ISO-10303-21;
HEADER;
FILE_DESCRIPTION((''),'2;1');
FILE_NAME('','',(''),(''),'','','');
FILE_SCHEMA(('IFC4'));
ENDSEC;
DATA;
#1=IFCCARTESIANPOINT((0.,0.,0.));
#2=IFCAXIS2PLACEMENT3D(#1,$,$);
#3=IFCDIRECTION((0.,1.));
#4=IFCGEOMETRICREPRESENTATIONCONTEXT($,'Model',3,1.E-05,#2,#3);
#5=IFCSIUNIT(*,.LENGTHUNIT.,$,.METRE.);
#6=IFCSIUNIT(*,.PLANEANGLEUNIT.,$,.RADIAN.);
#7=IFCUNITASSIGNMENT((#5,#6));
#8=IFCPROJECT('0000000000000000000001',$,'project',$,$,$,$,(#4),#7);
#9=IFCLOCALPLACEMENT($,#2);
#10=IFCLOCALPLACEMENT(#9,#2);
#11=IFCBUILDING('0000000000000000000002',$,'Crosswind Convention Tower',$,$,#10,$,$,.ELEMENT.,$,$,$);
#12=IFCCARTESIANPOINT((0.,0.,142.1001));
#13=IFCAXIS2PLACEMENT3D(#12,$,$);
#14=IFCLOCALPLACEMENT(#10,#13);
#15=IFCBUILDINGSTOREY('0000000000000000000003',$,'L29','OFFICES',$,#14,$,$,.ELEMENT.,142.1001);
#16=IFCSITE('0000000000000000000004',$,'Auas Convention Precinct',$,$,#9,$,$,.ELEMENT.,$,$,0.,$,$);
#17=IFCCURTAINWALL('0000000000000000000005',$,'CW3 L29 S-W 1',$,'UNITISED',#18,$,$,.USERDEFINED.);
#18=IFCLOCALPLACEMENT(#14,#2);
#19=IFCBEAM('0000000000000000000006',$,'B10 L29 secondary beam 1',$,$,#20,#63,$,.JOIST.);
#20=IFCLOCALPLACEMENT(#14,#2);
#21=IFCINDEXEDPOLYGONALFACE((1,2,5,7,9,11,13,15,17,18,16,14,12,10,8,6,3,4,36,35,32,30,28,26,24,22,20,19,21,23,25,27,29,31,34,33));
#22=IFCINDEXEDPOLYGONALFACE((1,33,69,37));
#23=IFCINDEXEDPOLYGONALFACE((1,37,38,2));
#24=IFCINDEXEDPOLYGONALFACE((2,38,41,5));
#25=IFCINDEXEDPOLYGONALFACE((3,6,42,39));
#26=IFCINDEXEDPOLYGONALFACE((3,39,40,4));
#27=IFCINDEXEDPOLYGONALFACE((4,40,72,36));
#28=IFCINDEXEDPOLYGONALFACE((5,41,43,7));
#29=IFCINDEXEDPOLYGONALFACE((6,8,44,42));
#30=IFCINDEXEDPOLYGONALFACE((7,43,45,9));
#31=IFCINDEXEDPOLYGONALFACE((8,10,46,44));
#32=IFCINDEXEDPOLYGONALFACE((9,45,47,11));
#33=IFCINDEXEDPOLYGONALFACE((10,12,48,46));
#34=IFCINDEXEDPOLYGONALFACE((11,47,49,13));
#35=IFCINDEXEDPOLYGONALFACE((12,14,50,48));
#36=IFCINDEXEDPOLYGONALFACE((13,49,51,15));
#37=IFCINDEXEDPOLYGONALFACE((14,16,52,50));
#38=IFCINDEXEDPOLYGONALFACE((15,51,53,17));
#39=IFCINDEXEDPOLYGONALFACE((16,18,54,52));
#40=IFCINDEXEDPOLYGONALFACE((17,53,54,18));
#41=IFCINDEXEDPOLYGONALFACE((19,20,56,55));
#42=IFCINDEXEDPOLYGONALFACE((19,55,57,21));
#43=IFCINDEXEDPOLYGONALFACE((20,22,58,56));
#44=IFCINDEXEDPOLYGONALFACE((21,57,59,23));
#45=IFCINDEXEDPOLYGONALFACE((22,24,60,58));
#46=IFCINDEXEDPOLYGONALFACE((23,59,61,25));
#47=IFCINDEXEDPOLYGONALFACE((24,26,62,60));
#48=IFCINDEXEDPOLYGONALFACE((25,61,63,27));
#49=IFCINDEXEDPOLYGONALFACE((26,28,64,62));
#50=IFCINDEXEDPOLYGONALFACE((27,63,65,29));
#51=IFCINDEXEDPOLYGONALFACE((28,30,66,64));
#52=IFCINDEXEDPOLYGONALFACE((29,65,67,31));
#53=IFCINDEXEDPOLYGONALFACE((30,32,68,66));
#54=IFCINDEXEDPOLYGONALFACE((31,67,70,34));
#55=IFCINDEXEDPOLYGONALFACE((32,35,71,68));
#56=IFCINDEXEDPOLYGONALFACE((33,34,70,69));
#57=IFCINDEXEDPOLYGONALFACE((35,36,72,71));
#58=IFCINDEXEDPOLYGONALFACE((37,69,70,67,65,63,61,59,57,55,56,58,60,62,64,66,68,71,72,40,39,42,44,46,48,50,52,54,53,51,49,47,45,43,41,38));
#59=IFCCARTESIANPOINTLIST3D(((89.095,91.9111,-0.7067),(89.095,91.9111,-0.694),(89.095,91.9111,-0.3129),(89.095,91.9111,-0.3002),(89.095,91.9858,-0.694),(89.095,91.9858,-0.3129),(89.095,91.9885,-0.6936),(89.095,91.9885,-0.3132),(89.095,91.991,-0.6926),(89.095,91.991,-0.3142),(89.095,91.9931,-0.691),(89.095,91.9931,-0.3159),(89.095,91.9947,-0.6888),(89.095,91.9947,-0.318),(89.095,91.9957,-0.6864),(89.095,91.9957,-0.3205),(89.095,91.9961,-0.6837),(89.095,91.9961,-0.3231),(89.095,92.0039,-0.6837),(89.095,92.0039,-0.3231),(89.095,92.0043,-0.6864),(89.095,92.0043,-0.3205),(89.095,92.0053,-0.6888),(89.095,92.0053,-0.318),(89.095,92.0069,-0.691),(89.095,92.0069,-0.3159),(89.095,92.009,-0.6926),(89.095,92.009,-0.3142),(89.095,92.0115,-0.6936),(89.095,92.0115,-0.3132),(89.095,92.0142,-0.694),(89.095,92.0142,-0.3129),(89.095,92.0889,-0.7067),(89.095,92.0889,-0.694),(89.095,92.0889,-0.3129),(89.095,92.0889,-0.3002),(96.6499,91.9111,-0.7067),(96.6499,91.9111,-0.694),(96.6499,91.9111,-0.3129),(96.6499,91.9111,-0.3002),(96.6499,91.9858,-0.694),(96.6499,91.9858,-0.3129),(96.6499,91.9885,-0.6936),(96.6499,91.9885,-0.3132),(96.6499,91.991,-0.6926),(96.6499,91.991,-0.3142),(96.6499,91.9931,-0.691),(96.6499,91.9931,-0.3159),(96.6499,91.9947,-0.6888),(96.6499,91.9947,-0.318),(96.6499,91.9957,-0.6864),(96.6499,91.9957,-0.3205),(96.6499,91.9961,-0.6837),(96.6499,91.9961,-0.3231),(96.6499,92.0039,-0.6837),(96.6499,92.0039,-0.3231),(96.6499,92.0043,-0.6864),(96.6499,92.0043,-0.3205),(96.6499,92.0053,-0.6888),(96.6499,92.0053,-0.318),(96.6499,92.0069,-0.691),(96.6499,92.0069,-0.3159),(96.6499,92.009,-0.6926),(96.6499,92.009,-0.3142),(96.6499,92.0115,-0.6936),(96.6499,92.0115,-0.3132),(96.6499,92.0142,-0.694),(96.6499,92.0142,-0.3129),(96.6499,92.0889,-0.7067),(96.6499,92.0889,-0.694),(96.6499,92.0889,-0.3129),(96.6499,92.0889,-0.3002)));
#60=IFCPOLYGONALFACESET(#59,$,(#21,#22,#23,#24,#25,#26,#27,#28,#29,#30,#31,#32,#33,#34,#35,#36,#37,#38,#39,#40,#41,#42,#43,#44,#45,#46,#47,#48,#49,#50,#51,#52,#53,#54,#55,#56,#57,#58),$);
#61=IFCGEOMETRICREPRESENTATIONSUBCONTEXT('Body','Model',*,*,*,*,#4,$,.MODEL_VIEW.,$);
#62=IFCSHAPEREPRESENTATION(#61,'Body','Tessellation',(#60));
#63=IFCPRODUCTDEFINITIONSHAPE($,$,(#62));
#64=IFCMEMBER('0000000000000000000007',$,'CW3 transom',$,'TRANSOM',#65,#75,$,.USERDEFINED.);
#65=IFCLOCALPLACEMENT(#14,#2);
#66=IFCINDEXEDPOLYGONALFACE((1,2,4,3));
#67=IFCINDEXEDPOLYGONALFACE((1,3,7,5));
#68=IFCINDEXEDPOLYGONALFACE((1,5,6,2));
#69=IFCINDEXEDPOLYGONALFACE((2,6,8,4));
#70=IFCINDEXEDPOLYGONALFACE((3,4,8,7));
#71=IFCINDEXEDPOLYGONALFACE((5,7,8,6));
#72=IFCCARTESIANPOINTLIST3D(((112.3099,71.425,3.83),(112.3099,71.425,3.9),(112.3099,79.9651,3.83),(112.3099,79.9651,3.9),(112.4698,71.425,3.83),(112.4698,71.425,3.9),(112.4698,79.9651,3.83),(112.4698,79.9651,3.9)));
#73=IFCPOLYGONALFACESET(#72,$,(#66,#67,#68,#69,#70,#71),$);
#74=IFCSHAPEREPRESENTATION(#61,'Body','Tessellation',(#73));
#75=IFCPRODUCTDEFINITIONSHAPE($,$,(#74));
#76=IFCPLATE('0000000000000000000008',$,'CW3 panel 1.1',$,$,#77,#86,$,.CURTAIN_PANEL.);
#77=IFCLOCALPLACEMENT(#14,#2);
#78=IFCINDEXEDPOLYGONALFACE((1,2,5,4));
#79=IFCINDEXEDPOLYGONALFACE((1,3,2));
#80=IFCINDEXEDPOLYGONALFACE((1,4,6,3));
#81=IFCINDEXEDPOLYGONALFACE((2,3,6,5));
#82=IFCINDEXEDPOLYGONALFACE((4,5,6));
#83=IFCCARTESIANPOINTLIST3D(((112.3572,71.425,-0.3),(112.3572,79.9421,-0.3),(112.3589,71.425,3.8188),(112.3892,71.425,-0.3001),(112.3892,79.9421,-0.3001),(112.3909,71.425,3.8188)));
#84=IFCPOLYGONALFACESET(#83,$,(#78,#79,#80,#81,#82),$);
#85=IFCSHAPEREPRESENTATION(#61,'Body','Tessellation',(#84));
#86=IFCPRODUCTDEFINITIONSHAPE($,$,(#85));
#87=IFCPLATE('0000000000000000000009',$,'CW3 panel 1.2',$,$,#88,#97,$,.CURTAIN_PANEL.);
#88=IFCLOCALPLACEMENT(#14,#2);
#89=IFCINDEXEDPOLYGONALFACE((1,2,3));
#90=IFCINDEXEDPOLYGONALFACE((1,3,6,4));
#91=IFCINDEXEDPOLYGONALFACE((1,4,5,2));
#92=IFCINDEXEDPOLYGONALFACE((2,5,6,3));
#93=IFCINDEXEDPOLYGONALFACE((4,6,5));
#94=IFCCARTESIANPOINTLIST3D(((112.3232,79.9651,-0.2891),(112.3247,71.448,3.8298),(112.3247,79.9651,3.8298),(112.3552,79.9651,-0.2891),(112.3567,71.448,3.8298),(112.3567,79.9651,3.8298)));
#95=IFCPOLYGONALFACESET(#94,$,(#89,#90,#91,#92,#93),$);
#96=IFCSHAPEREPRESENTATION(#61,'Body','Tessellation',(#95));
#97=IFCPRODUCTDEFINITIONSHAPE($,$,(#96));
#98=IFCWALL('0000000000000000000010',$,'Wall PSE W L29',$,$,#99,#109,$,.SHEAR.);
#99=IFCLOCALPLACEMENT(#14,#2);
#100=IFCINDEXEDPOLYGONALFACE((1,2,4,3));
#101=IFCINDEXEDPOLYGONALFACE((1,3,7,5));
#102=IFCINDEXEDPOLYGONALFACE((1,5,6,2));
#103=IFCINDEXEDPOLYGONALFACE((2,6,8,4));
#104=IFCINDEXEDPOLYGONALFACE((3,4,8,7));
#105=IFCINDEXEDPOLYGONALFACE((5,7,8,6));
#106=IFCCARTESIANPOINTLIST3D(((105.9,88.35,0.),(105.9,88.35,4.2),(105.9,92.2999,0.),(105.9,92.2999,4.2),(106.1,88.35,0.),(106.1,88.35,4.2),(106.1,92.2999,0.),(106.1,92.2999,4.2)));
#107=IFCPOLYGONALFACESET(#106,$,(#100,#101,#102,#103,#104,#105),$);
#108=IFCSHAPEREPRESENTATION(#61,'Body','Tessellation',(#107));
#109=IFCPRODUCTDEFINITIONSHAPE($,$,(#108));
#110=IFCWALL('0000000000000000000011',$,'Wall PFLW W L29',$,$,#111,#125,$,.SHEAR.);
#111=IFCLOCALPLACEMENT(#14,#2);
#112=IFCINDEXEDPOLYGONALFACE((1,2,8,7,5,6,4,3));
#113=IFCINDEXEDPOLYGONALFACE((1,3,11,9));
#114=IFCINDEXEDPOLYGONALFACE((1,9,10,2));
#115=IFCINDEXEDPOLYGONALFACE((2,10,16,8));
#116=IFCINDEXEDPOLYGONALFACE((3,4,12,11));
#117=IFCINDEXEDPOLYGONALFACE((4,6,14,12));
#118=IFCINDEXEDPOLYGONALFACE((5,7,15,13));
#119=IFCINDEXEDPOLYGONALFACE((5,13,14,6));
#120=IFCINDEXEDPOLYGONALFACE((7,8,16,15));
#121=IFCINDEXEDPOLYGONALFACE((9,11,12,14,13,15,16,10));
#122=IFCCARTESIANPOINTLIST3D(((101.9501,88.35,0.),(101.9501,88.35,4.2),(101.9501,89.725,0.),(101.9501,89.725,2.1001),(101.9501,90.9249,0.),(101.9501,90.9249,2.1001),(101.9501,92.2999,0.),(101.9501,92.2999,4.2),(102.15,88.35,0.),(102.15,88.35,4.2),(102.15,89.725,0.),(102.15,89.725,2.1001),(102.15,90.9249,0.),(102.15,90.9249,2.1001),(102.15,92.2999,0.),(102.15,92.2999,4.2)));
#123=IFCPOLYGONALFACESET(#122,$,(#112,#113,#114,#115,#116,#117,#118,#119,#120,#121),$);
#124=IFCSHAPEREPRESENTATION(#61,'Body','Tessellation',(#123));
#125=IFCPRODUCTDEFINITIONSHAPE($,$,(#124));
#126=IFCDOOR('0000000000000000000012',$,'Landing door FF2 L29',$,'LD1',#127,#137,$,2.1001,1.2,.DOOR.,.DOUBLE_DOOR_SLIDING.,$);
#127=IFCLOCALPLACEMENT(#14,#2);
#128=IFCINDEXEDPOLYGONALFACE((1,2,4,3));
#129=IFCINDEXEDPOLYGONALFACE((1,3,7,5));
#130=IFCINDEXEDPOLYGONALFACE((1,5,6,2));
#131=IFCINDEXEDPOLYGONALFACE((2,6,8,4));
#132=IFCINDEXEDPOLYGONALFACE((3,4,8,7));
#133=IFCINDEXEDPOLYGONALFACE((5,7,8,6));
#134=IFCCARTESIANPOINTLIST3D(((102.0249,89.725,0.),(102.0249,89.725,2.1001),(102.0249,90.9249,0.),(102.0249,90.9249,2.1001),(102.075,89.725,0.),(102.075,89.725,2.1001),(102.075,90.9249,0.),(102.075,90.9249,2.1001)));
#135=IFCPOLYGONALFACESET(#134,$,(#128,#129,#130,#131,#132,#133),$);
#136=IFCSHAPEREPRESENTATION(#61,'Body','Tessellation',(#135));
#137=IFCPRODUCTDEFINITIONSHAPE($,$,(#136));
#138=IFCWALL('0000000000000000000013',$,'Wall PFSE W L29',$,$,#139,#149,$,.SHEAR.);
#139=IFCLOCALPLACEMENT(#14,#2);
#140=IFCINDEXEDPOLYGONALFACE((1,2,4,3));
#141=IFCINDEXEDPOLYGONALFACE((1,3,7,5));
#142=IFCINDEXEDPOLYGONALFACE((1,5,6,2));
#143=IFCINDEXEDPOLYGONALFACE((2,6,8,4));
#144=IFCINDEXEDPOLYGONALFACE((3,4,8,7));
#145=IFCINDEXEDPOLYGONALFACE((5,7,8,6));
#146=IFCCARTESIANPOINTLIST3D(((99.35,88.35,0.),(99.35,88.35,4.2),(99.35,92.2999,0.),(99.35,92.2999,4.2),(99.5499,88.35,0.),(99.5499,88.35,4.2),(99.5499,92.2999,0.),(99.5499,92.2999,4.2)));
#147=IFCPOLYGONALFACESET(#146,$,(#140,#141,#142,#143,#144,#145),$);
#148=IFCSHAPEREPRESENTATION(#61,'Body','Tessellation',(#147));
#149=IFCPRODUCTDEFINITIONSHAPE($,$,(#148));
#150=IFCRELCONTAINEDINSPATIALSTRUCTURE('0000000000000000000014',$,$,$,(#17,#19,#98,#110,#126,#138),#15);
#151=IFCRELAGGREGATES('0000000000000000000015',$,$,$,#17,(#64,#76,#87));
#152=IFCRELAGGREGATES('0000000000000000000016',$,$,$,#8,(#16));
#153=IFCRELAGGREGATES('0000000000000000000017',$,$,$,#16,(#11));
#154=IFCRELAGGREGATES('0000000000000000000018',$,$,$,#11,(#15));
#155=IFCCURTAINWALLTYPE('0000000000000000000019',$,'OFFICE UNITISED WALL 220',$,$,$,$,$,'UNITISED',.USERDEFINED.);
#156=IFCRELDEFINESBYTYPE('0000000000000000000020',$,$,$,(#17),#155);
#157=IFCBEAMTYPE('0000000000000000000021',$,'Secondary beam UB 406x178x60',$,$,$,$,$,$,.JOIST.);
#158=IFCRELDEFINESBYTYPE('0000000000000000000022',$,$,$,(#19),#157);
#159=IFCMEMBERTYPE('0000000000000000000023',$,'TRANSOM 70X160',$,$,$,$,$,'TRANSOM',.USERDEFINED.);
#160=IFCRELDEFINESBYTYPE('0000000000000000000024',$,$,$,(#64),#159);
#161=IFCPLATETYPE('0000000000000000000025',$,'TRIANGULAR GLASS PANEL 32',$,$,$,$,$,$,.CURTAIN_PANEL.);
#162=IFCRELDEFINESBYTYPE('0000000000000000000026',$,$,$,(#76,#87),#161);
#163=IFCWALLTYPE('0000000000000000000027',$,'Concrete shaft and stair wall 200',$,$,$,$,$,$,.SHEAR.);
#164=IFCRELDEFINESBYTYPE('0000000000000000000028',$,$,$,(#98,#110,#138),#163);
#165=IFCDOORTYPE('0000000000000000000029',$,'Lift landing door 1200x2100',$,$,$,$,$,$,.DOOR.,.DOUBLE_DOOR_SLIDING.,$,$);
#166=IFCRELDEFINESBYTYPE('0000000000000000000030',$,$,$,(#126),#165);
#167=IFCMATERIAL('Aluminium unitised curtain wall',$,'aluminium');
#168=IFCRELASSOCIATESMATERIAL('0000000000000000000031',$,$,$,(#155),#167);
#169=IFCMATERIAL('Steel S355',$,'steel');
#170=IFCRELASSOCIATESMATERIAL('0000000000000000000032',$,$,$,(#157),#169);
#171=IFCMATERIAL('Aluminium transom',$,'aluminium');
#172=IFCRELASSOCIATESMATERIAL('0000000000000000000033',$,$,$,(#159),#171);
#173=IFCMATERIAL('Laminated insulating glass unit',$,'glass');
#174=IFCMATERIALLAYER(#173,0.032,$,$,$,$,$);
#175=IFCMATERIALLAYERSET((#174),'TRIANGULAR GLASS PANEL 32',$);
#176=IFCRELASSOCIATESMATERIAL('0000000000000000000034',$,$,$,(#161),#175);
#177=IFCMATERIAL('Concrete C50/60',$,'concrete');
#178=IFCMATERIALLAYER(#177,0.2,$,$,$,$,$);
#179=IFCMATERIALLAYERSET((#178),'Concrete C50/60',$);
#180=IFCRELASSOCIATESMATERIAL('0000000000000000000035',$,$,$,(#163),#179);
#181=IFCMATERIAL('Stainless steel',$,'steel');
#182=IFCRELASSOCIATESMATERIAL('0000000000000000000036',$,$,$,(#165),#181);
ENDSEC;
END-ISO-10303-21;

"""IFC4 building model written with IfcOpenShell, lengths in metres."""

from ifc_helpers import new_model, si_unit, direction, frame, frame_2d, origin, origin_2d, place, context, subcontext, project, spatial, polyline, rectangle, i_section, outline, extrude, material, layer, layer_set, material_profile, profile_set, type_object, element, fill, aggregate, save


model = new_model("IFC4")

# Units and contexts
model_context = context("Model", 3, precision=1e-05, world=origin(), true_north=direction((0.0, 1.0)))
body_context = subcontext(model_context, "Body", "Model", "MODEL_VIEW")
ifc_project = project(units=[si_unit("LENGTHUNIT", "METRE"), si_unit("PLANEANGLEUNIT", "RADIAN")], contexts=[model_context])

# Site, building, storey
site_placement = place(None, origin())
site = spatial("IfcSite", under=ifc_project, at=site_placement, Name="Auas Convention Precinct", CompositionType="ELEMENT", RefElevation=0.0)
building_placement = place(site_placement, origin())
building = spatial("IfcBuilding", under=site, at=building_placement, Name="Crosswind Convention Tower", CompositionType="ELEMENT")
storey_placement = place(building_placement, frame((0.0, 0.0, 142.1001)))
storey = spatial("IfcBuildingStorey", under=building, at=storey_placement, Name="L29", Description="OFFICES", CompositionType="ELEMENT", Elevation=142.1001)

# Shared definitions
ifc_material_1 = material(Name="Steel S355", Category="steel")

# Curtain wall
ifc_material_2 = material(Name="Aluminium unitised curtain wall", Category="aluminium")
curtain_wall_type_1 = type_object("IfcCurtainWallType", Name="OFFICE UNITISED WALL 220", ElementType="UNITISED", PredefinedType="USERDEFINED", material=ifc_material_2)
curtain_wall_1_placement = place(storey_placement, origin())
curtain_wall_1 = element("IfcCurtainWall", 1, at=curtain_wall_1_placement, inside=storey, type_object=curtain_wall_type_1, Name="CW3 L29 S-W 1", ObjectType="UNITISED", PredefinedType="USERDEFINED")

# Beam
ifc_material_profile_1 = material_profile(ifc_material_1, i_section(OverallWidth=0.1777, OverallDepth=0.4065, WebThickness=0.0078, FlangeThickness=0.0127, FilletRadius=0.0103, at=origin_2d()), Name="UB 406x178x60")
ifc_profile_set_1 = profile_set([ifc_material_profile_1], Name="Steel S355")
beam_type_1 = type_object("IfcBeamType", Name="Secondary beam UB 406x178x60", PredefinedType="JOIST", material=ifc_profile_set_1)
beam_1_placement = place(storey_placement, frame((89.095, 92.0, -0.5034), z_axis=(1.0, 0.0, 0.0), x_axis=(0.0, 1.0, 0.0)))
element("IfcBeam", 2, at=beam_1_placement, inside=storey, type_object=beam_type_1, Name="B10 L29 secondary beam 1", PredefinedType="JOIST", context=body_context, shape_type="SweptSolid", body=[
    extrude(i_section(OverallWidth=0.1777, OverallDepth=0.4065, WebThickness=0.0078, FlangeThickness=0.0127, FilletRadius=0.0103, at=origin_2d()), origin(), (0.0, 0.0, 1.0), 7.5549),
])

# Member
ifc_material_3 = material(Name="Aluminium transom", Category="aluminium")
ifc_material_profile_2 = material_profile(ifc_material_3, rectangle(XDim=0.1599, YDim=0.0701, at=origin_2d()), Name="AL 160X70")
ifc_profile_set_2 = profile_set([ifc_material_profile_2], Name="Aluminium transom")
member_type_1 = type_object("IfcMemberType", Name="TRANSOM 70X160", ElementType="TRANSOM", PredefinedType="USERDEFINED", material=ifc_profile_set_2)
member_1_placement = place(storey_placement, frame((112.3899, 79.9651, 3.865), z_axis=(0.0, -1.0, 0.0), x_axis=(1.0, 0.0, 0.0)))
member_1 = element("IfcMember", 3, at=member_1_placement, type_object=member_type_1, Name="CW3 transom", ObjectType="TRANSOM", PredefinedType="USERDEFINED", context=body_context, shape_type="SweptSolid", body=[
    extrude(rectangle(XDim=0.1599, YDim=0.0701, at=origin_2d()), origin(), (0.0, 0.0, 1.0), 8.54),
])

# Plates
ifc_material_4 = material(Name="Laminated insulating glass unit", Category="glass")
ifc_layer_1 = layer(ifc_material_4, 0.032)
ifc_layer_set_1 = layer_set([ifc_layer_1], Name="TRIANGULAR GLASS PANEL 32")
plate_type = type_object("IfcPlateType", Name="TRIANGULAR GLASS PANEL 32", PredefinedType="CURTAIN_PANEL", material=ifc_layer_set_1)
plate_1_placement = place(storey_placement, frame((112.3572, 71.425, -0.3), z_axis=(-1.0, 0.0, 0.000415), x_axis=(0.000415, 0.0, 1.0)))
plate_1 = element("IfcPlate", 4, at=plate_1_placement, type_object=plate_type, Name="CW3 panel 1.1", PredefinedType="CURTAIN_PANEL", context=body_context, shape_type="SweptSolid", body=[
    extrude(outline(polyline([(0.0, 0.0), (4.1189, 0.0), (0.0, 8.5171), (0.0, 0.0)])), origin(), (0.0, 0.0, -1.0), 0.032),
])
plate_2_placement = place(storey_placement, frame((112.3247, 79.9651, 3.8298), z_axis=(-1.0, 0.0, 0.000356), x_axis=(-0.000356, 0.0, -1.0)))
plate_2 = element("IfcPlate", 5, at=plate_2_placement, type_object=plate_type, Name="CW3 panel 1.2", PredefinedType="CURTAIN_PANEL", context=body_context, shape_type="SweptSolid", body=[
    extrude(outline(polyline([(0.0, 0.0), (4.1189, 0.0), (0.0, 8.5171), (0.0, 0.0)])), origin(), (0.0, 0.0, -1.0), 0.032),
])

# Wall
ifc_material_5 = material(Name="Concrete C50/60", Category="concrete")
ifc_layer_2 = layer(ifc_material_5, 0.2)
ifc_layer_set_2 = layer_set([ifc_layer_2], Name="Concrete C50/60")
wall_type_1 = type_object("IfcWallType", Name="Concrete shaft and stair wall 200", PredefinedType="SHEAR", material=ifc_layer_set_2)
wall_1_placement = place(storey_placement, frame((106.0, 92.3, 0.0), z_axis=(0.0, 0.0, 1.0), x_axis=(0.0, -1.0, 0.0)))
element("IfcWall", 6, at=wall_1_placement, inside=storey, type_object=wall_type_1, Name="Wall PSE W L29", PredefinedType="SHEAR", context=body_context, shape_type="SweptSolid", body=[
    extrude(rectangle(XDim=3.95, YDim=0.2, at=frame_2d((1.9751, 0.0))), origin(), (0.0, 0.0, 1.0), 4.2),
])

# Wall, opening, door
wall_2_placement = place(storey_placement, frame((102.05, 92.3, 0.0), z_axis=(0.0, 0.0, 1.0), x_axis=(0.0, -1.0, 0.0)))
wall_2 = element("IfcWall", 7, at=wall_2_placement, inside=storey, type_object=wall_type_1, Name="Wall PFLW W L29", PredefinedType="SHEAR", context=body_context, shape_type="SweptSolid", body=[
    extrude(rectangle(XDim=3.95, YDim=0.2, at=frame_2d((1.9751, 0.0))), origin(), (0.0, 0.0, 1.0), 4.2),
])
opening_1_placement = place(wall_2_placement, frame((1.375, 0.0, 0.0)))
opening_1 = element("IfcOpeningElement", 8, at=opening_1_placement, cuts=wall_2, PredefinedType="OPENING", context=body_context, shape_type="SweptSolid", body=[
    extrude(rectangle(XDim=1.2, YDim=2.1001, at=frame_2d((0.6001, 1.05))), frame((0.0, 0.1099, 0.0), z_axis=(0.0, -1.0, 0.0), x_axis=(1.0, 0.0, 0.0)), (0.0, 0.0, 1.0), 0.22),
])
ifc_material_6 = material(Name="Stainless steel", Category="steel")
door_type_1 = type_object("IfcDoorType", Name="Lift landing door 1200x2100", OperationType="DOUBLE_DOOR_SLIDING", PredefinedType="DOOR", material=ifc_material_6)
door_1_placement = place(opening_1_placement, origin())
door_1 = element("IfcDoor", 9, at=door_1_placement, inside=storey, type_object=door_type_1, Name="Landing door FF2 L29", ObjectType="LD1", OperationType="DOUBLE_DOOR_SLIDING", OverallHeight=2.1001, OverallWidth=1.2, PredefinedType="DOOR", context=body_context, shape_type="SweptSolid", body=[
    extrude(rectangle(XDim=1.2, YDim=2.1001, at=frame_2d((0.6001, 1.05))), frame((0.0, 0.0249, 0.0), z_axis=(0.0, -1.0, 0.0), x_axis=(1.0, 0.0, 0.0)), (0.0, 0.0, 1.0), 0.05),
])
fill(opening_1, door_1)

# Wall
wall_3_placement = place(storey_placement, frame((99.45, 92.3, 0.0), z_axis=(0.0, 0.0, 1.0), x_axis=(0.0, -1.0, 0.0)))
element("IfcWall", 10, at=wall_3_placement, inside=storey, type_object=wall_type_1, Name="Wall PFSE W L29", PredefinedType="SHEAR", context=body_context, shape_type="SweptSolid", body=[
    extrude(rectangle(XDim=3.95, YDim=0.2, at=frame_2d((1.9751, 0.0))), origin(), (0.0, 0.0, 1.0), 4.2),
])

aggregate(curtain_wall_1, [member_1, plate_1, plate_2])

save(model, "model.ifc")
